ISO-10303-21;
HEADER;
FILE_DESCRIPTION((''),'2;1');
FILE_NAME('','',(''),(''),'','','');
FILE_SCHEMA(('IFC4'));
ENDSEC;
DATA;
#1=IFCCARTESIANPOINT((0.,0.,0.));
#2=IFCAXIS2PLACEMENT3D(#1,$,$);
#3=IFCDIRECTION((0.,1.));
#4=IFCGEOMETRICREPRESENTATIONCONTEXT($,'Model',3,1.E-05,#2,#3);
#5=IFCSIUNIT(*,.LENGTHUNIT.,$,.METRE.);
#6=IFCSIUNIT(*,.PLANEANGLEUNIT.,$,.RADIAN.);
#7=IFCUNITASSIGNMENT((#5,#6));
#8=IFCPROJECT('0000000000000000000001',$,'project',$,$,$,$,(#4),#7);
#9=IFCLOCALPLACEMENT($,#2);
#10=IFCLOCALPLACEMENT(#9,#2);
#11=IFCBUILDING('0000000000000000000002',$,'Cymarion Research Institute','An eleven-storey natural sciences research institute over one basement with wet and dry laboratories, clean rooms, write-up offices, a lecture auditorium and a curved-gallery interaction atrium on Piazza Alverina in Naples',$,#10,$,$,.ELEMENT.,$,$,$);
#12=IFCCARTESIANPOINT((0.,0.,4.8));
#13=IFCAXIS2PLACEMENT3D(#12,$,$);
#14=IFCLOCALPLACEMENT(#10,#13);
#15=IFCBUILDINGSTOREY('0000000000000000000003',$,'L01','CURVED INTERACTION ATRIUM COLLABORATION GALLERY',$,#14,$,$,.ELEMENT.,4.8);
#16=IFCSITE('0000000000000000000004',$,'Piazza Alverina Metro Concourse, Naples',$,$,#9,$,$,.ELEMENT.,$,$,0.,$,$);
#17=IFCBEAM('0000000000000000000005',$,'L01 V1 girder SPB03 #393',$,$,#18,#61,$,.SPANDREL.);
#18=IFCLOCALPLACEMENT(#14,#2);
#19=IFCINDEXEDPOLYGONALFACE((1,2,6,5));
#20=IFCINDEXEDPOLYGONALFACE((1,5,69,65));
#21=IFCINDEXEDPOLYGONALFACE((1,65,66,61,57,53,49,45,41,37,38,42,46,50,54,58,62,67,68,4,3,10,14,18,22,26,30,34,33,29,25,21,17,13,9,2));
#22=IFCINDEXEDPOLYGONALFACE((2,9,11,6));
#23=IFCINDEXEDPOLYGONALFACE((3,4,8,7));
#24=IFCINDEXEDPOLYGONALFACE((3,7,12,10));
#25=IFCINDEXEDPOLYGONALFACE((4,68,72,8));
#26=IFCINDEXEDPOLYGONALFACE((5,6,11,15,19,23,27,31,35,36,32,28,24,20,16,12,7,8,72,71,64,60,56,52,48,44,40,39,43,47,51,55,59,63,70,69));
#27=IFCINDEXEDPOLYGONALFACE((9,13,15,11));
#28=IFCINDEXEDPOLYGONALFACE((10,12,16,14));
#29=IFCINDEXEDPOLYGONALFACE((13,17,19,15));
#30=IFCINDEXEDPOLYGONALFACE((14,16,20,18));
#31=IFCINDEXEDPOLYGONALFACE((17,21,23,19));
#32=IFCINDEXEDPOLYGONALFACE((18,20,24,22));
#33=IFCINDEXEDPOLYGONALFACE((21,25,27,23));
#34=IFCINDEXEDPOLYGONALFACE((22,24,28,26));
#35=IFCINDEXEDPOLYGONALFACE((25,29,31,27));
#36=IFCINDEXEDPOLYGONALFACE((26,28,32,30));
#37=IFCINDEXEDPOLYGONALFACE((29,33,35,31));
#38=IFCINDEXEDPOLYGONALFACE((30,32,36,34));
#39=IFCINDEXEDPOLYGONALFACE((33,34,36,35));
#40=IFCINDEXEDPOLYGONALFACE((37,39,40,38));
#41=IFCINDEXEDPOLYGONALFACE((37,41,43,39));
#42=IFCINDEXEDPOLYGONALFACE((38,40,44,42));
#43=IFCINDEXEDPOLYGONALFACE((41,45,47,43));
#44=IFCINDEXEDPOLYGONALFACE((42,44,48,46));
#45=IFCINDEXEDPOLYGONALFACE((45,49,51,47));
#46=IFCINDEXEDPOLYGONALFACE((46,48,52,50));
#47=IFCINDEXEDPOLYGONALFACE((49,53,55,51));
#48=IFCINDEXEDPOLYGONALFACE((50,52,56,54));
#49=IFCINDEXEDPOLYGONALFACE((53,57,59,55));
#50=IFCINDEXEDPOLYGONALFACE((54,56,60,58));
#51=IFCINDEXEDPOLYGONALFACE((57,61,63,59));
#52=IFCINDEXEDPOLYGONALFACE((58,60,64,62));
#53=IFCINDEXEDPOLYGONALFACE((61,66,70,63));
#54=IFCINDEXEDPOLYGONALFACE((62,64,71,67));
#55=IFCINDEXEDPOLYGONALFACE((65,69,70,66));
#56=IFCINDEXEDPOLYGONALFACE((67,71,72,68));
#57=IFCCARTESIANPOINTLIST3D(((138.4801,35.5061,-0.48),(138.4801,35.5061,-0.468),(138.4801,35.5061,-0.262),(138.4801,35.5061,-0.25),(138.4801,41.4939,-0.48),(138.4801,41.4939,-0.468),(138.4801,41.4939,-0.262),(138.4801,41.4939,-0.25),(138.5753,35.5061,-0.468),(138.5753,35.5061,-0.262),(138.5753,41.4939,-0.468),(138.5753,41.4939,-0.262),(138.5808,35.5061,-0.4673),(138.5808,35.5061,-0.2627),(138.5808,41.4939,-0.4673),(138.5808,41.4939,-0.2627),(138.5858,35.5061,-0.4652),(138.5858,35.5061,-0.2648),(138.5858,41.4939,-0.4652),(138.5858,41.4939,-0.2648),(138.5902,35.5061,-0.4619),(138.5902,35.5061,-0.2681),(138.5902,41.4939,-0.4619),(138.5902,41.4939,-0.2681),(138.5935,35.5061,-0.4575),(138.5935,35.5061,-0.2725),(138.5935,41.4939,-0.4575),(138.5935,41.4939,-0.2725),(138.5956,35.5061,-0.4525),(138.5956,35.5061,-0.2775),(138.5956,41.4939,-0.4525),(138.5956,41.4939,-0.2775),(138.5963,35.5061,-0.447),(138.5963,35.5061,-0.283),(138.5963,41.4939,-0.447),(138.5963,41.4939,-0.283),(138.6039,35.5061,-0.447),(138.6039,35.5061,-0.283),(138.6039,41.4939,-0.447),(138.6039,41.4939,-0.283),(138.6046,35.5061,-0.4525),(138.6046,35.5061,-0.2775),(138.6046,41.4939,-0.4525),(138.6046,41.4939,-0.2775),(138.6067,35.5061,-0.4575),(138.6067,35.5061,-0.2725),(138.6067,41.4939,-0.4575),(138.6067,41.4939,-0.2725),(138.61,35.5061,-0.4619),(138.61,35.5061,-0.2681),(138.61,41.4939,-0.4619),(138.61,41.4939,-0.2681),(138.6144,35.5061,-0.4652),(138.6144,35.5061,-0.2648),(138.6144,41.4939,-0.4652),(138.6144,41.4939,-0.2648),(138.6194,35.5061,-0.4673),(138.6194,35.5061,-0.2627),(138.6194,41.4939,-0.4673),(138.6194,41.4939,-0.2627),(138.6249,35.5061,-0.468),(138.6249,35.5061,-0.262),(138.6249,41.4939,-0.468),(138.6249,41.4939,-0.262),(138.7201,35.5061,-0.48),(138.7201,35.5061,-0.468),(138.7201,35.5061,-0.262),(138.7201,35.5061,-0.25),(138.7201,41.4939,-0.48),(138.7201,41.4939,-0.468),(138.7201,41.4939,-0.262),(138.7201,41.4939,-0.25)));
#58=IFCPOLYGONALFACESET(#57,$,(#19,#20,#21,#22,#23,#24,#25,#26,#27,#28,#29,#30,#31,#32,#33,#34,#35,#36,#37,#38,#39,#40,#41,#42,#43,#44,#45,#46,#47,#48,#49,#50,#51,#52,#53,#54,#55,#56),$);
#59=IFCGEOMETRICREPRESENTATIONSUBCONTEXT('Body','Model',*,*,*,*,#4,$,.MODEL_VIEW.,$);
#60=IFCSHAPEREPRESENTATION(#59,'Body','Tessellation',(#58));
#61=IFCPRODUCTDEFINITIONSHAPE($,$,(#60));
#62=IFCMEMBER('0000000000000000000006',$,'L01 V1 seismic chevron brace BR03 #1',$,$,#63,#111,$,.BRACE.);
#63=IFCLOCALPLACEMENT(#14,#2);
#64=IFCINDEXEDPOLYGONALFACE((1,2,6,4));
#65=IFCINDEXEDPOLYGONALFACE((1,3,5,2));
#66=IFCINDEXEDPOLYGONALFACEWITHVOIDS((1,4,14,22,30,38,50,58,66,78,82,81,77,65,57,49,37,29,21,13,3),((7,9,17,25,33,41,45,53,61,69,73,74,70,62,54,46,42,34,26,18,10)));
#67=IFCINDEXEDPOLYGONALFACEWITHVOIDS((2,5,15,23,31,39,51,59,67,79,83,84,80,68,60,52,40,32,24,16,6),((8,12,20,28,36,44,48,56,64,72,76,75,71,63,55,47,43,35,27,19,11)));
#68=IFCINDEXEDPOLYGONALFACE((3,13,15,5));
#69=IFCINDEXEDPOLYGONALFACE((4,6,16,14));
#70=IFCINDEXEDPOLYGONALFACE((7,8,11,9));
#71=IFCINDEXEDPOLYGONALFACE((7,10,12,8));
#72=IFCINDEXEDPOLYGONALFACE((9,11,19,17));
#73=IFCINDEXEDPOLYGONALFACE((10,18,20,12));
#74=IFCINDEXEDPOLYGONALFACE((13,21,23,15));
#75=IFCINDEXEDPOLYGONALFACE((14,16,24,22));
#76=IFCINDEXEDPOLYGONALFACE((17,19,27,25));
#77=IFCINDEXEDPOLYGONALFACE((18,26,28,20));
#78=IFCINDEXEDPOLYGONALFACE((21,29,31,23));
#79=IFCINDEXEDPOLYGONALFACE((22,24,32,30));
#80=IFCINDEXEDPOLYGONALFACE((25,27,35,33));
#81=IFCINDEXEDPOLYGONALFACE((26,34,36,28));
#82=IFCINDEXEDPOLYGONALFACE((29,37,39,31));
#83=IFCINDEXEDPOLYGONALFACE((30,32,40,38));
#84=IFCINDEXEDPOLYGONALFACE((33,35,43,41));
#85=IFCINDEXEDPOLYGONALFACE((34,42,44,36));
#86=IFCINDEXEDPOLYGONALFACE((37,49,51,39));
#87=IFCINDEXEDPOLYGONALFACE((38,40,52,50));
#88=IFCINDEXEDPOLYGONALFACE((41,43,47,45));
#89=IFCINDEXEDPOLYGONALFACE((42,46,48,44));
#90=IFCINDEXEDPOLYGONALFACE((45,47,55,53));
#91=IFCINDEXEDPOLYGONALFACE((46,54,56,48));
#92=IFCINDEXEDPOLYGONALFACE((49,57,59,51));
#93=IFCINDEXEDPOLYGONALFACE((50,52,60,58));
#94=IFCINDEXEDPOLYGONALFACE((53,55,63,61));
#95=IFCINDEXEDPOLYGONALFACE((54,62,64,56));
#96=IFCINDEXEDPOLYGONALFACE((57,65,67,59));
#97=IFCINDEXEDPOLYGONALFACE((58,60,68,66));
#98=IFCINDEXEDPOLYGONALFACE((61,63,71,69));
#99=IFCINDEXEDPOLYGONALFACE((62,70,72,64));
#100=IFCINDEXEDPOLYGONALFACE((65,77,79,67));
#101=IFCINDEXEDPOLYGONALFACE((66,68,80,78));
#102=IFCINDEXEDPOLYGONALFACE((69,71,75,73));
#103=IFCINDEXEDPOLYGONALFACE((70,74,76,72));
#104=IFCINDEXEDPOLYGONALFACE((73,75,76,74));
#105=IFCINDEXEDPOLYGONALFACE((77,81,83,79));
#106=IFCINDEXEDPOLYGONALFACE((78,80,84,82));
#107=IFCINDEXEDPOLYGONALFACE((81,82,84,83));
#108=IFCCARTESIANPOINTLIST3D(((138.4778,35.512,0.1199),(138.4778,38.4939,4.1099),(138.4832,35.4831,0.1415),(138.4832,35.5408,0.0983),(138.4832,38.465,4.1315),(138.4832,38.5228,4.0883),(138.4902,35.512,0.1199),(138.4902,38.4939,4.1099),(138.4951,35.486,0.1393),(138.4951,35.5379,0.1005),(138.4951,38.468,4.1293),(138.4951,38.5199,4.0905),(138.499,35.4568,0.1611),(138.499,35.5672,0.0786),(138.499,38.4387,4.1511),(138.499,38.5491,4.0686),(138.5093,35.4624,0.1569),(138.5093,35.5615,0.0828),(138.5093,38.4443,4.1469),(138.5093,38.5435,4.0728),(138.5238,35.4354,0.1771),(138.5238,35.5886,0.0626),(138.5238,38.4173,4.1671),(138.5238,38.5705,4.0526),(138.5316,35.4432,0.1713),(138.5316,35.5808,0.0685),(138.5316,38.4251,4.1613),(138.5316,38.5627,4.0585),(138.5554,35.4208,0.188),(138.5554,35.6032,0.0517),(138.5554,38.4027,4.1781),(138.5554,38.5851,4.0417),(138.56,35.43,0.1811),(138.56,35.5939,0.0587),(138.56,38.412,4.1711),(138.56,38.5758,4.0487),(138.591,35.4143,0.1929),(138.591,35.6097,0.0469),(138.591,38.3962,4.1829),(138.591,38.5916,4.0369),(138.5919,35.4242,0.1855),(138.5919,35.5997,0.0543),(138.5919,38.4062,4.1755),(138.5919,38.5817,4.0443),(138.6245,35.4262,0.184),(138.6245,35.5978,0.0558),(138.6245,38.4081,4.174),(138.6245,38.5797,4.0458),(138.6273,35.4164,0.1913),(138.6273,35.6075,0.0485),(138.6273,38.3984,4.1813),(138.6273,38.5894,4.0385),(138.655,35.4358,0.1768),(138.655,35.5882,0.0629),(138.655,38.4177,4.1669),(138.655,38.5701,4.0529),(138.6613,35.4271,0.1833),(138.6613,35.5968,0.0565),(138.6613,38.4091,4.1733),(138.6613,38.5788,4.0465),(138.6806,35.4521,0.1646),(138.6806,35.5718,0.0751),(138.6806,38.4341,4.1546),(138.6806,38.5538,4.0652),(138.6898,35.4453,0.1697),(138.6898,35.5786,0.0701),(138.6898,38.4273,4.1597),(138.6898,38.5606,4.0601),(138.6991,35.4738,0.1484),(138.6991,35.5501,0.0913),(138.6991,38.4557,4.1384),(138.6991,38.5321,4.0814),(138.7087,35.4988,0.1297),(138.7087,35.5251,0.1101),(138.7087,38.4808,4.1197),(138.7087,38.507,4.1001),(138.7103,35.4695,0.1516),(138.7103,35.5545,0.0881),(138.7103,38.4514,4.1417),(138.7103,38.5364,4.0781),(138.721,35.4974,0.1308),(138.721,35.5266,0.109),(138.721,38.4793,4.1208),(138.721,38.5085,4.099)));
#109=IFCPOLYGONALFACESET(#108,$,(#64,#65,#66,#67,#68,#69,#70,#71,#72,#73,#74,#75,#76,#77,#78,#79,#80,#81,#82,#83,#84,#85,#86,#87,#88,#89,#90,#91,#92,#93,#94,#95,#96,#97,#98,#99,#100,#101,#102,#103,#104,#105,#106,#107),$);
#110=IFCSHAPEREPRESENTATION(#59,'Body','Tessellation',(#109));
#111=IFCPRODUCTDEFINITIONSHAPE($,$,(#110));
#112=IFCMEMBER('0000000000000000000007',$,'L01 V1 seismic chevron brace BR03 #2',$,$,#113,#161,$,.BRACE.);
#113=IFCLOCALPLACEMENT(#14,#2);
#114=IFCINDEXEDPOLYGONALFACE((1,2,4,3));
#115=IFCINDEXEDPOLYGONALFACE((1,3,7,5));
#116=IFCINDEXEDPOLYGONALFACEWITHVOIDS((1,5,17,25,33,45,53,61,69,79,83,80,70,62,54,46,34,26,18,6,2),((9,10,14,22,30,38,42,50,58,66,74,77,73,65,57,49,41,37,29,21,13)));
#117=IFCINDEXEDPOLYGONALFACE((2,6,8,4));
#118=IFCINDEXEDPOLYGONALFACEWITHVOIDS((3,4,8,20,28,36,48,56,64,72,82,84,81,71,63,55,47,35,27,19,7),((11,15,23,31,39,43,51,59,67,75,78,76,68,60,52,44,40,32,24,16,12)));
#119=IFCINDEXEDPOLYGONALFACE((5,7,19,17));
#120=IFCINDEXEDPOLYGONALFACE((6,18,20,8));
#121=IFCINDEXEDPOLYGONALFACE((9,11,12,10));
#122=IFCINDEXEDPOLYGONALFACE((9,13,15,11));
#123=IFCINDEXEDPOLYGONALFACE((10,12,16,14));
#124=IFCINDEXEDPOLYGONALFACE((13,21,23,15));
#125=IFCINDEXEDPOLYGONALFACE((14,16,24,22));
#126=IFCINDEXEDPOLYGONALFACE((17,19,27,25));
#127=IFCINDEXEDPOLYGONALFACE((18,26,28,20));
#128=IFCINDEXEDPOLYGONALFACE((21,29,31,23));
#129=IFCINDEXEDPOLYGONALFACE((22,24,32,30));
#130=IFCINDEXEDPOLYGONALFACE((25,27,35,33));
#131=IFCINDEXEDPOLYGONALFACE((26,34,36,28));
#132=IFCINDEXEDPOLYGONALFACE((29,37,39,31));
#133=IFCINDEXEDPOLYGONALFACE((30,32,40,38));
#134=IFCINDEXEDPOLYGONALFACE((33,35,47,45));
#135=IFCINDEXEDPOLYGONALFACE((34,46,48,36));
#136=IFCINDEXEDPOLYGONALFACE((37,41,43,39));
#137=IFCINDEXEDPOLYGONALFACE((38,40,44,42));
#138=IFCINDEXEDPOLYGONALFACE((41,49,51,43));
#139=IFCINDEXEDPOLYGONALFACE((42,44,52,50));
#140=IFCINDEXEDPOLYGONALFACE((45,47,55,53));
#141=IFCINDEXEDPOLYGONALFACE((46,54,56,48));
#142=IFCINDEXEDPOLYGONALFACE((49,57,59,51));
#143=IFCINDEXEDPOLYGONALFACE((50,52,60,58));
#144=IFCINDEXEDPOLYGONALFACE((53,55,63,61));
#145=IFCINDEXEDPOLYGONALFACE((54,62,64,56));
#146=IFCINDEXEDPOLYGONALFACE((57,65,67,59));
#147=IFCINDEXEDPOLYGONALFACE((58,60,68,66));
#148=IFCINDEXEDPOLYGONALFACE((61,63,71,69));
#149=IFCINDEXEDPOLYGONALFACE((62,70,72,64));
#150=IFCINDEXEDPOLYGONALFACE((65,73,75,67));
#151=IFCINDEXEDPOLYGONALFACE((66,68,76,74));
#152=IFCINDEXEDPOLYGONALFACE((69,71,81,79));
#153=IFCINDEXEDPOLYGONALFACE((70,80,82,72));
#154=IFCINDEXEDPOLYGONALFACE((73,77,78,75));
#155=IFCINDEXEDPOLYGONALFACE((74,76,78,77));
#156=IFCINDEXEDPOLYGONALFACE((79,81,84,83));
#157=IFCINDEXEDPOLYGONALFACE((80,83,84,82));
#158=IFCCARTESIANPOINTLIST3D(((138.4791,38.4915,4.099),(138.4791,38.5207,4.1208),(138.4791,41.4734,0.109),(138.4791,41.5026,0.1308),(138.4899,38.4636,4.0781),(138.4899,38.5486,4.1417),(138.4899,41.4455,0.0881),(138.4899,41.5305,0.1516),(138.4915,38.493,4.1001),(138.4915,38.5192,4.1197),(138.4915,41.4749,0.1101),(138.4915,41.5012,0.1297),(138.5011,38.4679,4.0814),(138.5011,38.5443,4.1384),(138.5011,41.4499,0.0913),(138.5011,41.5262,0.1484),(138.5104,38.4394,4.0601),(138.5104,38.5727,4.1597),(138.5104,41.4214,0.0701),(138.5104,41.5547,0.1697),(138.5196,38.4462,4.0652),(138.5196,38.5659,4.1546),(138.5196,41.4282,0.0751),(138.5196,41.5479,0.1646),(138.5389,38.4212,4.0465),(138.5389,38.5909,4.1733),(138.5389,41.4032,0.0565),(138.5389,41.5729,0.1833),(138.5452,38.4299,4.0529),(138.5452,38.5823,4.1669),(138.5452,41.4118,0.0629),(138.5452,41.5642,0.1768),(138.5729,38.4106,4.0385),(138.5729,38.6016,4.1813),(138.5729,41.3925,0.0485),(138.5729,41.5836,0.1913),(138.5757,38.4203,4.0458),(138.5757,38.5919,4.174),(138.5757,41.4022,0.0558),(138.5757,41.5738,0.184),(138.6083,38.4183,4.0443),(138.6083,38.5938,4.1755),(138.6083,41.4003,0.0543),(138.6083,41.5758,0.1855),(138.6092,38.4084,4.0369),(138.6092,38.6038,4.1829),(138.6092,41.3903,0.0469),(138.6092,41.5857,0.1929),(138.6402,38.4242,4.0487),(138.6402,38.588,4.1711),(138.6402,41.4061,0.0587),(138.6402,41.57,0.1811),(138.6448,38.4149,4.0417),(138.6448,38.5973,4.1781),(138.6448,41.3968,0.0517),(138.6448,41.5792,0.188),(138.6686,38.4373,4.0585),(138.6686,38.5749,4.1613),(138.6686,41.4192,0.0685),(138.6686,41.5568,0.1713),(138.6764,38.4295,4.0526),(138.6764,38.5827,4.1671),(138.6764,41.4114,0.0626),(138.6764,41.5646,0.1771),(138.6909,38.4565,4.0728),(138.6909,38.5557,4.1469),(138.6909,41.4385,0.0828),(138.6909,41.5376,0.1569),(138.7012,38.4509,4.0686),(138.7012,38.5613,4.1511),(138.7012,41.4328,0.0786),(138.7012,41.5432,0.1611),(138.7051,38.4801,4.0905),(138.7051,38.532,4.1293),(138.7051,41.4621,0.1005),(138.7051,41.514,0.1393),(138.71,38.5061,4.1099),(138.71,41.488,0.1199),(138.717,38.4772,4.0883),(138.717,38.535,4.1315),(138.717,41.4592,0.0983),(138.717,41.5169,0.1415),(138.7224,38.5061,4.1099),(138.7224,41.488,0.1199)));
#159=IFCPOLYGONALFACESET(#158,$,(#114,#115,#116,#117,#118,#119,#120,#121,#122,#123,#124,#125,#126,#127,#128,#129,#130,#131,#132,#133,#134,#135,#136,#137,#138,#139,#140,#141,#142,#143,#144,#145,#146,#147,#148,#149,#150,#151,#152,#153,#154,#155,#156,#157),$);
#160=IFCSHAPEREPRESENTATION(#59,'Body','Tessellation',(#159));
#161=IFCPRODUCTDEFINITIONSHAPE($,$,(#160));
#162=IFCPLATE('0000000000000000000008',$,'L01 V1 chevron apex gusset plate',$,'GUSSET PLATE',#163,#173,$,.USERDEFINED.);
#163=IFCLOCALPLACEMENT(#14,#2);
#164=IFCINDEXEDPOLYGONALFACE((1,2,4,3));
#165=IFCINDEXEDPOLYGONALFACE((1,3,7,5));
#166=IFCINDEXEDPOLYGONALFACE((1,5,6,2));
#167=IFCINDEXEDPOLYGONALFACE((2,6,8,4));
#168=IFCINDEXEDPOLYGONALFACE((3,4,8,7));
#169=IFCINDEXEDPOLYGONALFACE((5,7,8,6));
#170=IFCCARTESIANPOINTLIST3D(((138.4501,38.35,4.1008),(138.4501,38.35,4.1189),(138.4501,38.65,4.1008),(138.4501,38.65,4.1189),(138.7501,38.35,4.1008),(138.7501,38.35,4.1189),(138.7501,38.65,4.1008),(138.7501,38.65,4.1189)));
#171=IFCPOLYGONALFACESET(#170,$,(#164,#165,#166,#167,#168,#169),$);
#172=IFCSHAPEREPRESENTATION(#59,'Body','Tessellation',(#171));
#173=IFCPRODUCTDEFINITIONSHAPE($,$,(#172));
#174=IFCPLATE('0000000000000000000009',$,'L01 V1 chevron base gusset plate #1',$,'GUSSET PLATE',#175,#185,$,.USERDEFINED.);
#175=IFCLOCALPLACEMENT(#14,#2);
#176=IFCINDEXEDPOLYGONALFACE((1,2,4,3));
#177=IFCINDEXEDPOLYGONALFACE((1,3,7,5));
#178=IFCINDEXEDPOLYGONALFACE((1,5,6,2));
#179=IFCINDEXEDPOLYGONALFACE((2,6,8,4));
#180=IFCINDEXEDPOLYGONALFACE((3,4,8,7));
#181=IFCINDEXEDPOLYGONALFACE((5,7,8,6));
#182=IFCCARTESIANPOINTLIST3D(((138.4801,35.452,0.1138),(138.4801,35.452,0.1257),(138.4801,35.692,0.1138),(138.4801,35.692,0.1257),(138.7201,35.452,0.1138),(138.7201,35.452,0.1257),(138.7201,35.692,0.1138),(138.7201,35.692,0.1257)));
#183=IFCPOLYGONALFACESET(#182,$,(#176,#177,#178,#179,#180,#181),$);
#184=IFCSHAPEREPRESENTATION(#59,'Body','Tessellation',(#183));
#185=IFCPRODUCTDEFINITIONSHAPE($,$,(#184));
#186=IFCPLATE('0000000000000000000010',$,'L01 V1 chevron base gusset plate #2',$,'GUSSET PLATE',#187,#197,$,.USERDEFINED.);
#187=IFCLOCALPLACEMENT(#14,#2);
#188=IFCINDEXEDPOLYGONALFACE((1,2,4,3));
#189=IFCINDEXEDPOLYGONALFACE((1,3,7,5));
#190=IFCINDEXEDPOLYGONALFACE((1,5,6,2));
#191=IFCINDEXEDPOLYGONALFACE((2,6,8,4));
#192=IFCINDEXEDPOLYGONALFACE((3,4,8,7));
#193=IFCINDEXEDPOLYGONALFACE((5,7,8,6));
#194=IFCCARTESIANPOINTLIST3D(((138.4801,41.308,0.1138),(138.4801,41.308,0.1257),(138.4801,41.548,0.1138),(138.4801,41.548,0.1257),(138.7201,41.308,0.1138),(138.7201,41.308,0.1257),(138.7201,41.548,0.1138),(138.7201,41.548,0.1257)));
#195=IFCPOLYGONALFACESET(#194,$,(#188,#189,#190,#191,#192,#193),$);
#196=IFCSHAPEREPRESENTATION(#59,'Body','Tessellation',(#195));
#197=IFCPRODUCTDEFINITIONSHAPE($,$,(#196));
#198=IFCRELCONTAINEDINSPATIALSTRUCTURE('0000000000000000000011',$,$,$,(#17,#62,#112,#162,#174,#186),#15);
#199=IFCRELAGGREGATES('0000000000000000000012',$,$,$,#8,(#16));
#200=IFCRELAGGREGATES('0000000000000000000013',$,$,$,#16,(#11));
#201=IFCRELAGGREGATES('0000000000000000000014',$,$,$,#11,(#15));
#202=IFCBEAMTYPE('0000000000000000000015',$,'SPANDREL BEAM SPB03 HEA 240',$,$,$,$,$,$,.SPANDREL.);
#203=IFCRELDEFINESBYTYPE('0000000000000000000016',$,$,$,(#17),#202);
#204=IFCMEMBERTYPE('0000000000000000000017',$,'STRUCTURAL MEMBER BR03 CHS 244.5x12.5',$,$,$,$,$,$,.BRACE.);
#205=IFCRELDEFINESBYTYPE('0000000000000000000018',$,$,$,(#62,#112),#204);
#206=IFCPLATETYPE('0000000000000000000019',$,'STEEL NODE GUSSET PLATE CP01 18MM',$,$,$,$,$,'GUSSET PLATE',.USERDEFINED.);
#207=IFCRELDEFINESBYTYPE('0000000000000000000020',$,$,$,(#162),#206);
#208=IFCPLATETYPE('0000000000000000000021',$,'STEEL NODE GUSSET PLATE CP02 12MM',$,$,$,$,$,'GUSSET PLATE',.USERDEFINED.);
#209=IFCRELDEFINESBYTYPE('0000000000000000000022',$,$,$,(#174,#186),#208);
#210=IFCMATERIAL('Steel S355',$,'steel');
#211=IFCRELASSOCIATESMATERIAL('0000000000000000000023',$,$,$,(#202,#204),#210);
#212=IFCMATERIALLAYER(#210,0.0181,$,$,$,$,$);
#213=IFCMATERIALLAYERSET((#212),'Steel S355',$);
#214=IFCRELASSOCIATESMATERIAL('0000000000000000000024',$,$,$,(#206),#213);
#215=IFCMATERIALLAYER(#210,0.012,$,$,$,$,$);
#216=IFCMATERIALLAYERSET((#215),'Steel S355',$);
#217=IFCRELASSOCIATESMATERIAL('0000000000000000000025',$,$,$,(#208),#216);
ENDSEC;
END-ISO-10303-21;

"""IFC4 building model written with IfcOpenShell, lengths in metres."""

from ifc_helpers import new_model, si_unit, direction, frame, origin, origin_2d, place, context, subcontext, project, spatial, rectangle, hollow_circle, i_section, extrude, material, layer, layer_set, material_profile, profile_set, type_object, element, save


model = new_model("IFC4")

# Units and contexts
model_context = context("Model", 3, precision=1e-05, world=origin(), true_north=direction((0.0, 1.0)))
body_context = subcontext(model_context, "Body", "Model", "MODEL_VIEW")
ifc_project = project(units=[si_unit("LENGTHUNIT", "METRE"), si_unit("PLANEANGLEUNIT", "RADIAN")], contexts=[model_context])

# Site, building, storey
site_placement = place(None, origin())
site = spatial("IfcSite", under=ifc_project, at=site_placement, Name="Piazza Alverina Metro Concourse, Naples", CompositionType="ELEMENT", RefElevation=0.0)
building_placement = place(site_placement, origin())
building = spatial("IfcBuilding", under=site, at=building_placement, Name="Cymarion Research Institute", Description="An eleven-storey natural sciences research institute over one basement with wet and dry laboratories, clean rooms, write-up offices, a lecture auditorium and a curved-gallery interaction atrium on Piazza Alverina in Naples", CompositionType="ELEMENT")
storey_placement = place(building_placement, frame((0.0, 0.0, 4.8)))
storey = spatial("IfcBuildingStorey", under=building, at=storey_placement, Name="L01", Description="CURVED INTERACTION ATRIUM COLLABORATION GALLERY", CompositionType="ELEMENT", Elevation=4.8)

# Shared definitions
ifc_material_1 = material(Name="Steel S355", Category="steel")

# Beam
ifc_material_profile_1 = material_profile(ifc_material_1, i_section(OverallWidth=0.24, OverallDepth=0.23, WebThickness=0.0076, FlangeThickness=0.012, FilletRadius=0.021, at=origin_2d()), Name="HEA 240")
ifc_profile_set_1 = profile_set([ifc_material_profile_1], Name="Steel S355")
beam_type_1 = type_object("IfcBeamType", Name="SPANDREL BEAM SPB03 HEA 240", PredefinedType="SPANDREL", material=ifc_profile_set_1)
beam_1_placement = place(storey_placement, frame((138.6001, 35.5061, -0.365), z_axis=(0.0, 1.0, 0.0), x_axis=(-1.0, 0.0, 0.0)))
element("IfcBeam", 1, at=beam_1_placement, inside=storey, type_object=beam_type_1, Name="L01 V1 girder SPB03 #393", PredefinedType="SPANDREL", context=body_context, shape_type="SweptSolid", body=[
    extrude(i_section(OverallWidth=0.24, OverallDepth=0.23, WebThickness=0.0076, FlangeThickness=0.012, FilletRadius=0.021, at=origin_2d()), origin(), (0.0, 0.0, 1.0), 5.9878),
])

# Members
ifc_material_profile_2 = material_profile(ifc_material_1, hollow_circle(Radius=0.1223, WallThickness=0.0125, at=origin_2d()), Name="CHS 244.5x12.5")
ifc_profile_set_2 = profile_set([ifc_material_profile_2], Name="Steel S355")
member_type = type_object("IfcMemberType", Name="STRUCTURAL MEMBER BR03 CHS 244.5x12.5", PredefinedType="BRACE", material=ifc_profile_set_2)
for number, where, z_axis, x_axis, name in (
    (2, (138.6001, 35.512, 0.1199), (0.0, 0.598642, 0.801016), (-1.0, 0.0, 0.0), "L01 V1 seismic chevron brace BR03 #1"),
    (3, (138.6001, 41.488, 0.1199), (0.0, -0.598642, 0.801016), (1.0, 0.0, 0.0), "L01 V1 seismic chevron brace BR03 #2"),
):
    element("IfcMember", number, at=place(storey_placement, frame(where, z_axis=z_axis, x_axis=x_axis)), inside=storey, type_object=member_type, Name=name, PredefinedType="BRACE", context=body_context, shape_type="SweptSolid", body=[
        extrude(hollow_circle(Radius=0.1223, WallThickness=0.0125, at=origin_2d()), origin(), (0.0, 0.0, 1.0), 4.9812),
    ])

# Plates
ifc_layer_1 = layer(ifc_material_1, 0.0181)
ifc_layer_set_1 = layer_set([ifc_layer_1], Name="Steel S355")
plate_type_1 = type_object("IfcPlateType", Name="STEEL NODE GUSSET PLATE CP01 18MM", ElementType="GUSSET PLATE", PredefinedType="USERDEFINED", material=ifc_layer_set_1)
plate_placement = place(storey_placement, frame((138.6001, 38.5, 4.1008), z_axis=(0.0, 0.0, 1.0), x_axis=(1.0, 0.0, 0.0)))
element("IfcPlate", 4, at=plate_placement, inside=storey, type_object=plate_type_1, Name="L01 V1 chevron apex gusset plate", ObjectType="GUSSET PLATE", PredefinedType="USERDEFINED", context=body_context, shape_type="SweptSolid", body=[
    extrude(rectangle(XDim=0.3, YDim=0.3, at=origin_2d()), origin(), (0.0, 0.0, 1.0), 0.0181),
])
ifc_layer_2 = layer(ifc_material_1, 0.012)
ifc_layer_set_2 = layer_set([ifc_layer_2], Name="Steel S355")
plate_type_2 = type_object("IfcPlateType", Name="STEEL NODE GUSSET PLATE CP02 12MM", ElementType="GUSSET PLATE", PredefinedType="USERDEFINED", material=ifc_layer_set_2)
for number, where, z_axis, x_axis, name in (
    (5, (138.6001, 35.572, 0.1138), (0.0, 0.0, 1.0), (1.0, 0.0, 0.0), "L01 V1 chevron base gusset plate #1"),
    (6, (138.6001, 41.428, 0.1138), (0.0, 0.0, 1.0), (1.0, 0.0, 0.0), "L01 V1 chevron base gusset plate #2"),
):
    element("IfcPlate", number, at=place(storey_placement, frame(where, z_axis=z_axis, x_axis=x_axis)), inside=storey, type_object=plate_type_2, Name=name, ObjectType="GUSSET PLATE", PredefinedType="USERDEFINED", context=body_context, shape_type="SweptSolid", body=[
        extrude(rectangle(XDim=0.24, YDim=0.24, at=origin_2d()), origin(), (0.0, 0.0, 1.0), 0.012),
    ])

save(model, "model.ifc")
